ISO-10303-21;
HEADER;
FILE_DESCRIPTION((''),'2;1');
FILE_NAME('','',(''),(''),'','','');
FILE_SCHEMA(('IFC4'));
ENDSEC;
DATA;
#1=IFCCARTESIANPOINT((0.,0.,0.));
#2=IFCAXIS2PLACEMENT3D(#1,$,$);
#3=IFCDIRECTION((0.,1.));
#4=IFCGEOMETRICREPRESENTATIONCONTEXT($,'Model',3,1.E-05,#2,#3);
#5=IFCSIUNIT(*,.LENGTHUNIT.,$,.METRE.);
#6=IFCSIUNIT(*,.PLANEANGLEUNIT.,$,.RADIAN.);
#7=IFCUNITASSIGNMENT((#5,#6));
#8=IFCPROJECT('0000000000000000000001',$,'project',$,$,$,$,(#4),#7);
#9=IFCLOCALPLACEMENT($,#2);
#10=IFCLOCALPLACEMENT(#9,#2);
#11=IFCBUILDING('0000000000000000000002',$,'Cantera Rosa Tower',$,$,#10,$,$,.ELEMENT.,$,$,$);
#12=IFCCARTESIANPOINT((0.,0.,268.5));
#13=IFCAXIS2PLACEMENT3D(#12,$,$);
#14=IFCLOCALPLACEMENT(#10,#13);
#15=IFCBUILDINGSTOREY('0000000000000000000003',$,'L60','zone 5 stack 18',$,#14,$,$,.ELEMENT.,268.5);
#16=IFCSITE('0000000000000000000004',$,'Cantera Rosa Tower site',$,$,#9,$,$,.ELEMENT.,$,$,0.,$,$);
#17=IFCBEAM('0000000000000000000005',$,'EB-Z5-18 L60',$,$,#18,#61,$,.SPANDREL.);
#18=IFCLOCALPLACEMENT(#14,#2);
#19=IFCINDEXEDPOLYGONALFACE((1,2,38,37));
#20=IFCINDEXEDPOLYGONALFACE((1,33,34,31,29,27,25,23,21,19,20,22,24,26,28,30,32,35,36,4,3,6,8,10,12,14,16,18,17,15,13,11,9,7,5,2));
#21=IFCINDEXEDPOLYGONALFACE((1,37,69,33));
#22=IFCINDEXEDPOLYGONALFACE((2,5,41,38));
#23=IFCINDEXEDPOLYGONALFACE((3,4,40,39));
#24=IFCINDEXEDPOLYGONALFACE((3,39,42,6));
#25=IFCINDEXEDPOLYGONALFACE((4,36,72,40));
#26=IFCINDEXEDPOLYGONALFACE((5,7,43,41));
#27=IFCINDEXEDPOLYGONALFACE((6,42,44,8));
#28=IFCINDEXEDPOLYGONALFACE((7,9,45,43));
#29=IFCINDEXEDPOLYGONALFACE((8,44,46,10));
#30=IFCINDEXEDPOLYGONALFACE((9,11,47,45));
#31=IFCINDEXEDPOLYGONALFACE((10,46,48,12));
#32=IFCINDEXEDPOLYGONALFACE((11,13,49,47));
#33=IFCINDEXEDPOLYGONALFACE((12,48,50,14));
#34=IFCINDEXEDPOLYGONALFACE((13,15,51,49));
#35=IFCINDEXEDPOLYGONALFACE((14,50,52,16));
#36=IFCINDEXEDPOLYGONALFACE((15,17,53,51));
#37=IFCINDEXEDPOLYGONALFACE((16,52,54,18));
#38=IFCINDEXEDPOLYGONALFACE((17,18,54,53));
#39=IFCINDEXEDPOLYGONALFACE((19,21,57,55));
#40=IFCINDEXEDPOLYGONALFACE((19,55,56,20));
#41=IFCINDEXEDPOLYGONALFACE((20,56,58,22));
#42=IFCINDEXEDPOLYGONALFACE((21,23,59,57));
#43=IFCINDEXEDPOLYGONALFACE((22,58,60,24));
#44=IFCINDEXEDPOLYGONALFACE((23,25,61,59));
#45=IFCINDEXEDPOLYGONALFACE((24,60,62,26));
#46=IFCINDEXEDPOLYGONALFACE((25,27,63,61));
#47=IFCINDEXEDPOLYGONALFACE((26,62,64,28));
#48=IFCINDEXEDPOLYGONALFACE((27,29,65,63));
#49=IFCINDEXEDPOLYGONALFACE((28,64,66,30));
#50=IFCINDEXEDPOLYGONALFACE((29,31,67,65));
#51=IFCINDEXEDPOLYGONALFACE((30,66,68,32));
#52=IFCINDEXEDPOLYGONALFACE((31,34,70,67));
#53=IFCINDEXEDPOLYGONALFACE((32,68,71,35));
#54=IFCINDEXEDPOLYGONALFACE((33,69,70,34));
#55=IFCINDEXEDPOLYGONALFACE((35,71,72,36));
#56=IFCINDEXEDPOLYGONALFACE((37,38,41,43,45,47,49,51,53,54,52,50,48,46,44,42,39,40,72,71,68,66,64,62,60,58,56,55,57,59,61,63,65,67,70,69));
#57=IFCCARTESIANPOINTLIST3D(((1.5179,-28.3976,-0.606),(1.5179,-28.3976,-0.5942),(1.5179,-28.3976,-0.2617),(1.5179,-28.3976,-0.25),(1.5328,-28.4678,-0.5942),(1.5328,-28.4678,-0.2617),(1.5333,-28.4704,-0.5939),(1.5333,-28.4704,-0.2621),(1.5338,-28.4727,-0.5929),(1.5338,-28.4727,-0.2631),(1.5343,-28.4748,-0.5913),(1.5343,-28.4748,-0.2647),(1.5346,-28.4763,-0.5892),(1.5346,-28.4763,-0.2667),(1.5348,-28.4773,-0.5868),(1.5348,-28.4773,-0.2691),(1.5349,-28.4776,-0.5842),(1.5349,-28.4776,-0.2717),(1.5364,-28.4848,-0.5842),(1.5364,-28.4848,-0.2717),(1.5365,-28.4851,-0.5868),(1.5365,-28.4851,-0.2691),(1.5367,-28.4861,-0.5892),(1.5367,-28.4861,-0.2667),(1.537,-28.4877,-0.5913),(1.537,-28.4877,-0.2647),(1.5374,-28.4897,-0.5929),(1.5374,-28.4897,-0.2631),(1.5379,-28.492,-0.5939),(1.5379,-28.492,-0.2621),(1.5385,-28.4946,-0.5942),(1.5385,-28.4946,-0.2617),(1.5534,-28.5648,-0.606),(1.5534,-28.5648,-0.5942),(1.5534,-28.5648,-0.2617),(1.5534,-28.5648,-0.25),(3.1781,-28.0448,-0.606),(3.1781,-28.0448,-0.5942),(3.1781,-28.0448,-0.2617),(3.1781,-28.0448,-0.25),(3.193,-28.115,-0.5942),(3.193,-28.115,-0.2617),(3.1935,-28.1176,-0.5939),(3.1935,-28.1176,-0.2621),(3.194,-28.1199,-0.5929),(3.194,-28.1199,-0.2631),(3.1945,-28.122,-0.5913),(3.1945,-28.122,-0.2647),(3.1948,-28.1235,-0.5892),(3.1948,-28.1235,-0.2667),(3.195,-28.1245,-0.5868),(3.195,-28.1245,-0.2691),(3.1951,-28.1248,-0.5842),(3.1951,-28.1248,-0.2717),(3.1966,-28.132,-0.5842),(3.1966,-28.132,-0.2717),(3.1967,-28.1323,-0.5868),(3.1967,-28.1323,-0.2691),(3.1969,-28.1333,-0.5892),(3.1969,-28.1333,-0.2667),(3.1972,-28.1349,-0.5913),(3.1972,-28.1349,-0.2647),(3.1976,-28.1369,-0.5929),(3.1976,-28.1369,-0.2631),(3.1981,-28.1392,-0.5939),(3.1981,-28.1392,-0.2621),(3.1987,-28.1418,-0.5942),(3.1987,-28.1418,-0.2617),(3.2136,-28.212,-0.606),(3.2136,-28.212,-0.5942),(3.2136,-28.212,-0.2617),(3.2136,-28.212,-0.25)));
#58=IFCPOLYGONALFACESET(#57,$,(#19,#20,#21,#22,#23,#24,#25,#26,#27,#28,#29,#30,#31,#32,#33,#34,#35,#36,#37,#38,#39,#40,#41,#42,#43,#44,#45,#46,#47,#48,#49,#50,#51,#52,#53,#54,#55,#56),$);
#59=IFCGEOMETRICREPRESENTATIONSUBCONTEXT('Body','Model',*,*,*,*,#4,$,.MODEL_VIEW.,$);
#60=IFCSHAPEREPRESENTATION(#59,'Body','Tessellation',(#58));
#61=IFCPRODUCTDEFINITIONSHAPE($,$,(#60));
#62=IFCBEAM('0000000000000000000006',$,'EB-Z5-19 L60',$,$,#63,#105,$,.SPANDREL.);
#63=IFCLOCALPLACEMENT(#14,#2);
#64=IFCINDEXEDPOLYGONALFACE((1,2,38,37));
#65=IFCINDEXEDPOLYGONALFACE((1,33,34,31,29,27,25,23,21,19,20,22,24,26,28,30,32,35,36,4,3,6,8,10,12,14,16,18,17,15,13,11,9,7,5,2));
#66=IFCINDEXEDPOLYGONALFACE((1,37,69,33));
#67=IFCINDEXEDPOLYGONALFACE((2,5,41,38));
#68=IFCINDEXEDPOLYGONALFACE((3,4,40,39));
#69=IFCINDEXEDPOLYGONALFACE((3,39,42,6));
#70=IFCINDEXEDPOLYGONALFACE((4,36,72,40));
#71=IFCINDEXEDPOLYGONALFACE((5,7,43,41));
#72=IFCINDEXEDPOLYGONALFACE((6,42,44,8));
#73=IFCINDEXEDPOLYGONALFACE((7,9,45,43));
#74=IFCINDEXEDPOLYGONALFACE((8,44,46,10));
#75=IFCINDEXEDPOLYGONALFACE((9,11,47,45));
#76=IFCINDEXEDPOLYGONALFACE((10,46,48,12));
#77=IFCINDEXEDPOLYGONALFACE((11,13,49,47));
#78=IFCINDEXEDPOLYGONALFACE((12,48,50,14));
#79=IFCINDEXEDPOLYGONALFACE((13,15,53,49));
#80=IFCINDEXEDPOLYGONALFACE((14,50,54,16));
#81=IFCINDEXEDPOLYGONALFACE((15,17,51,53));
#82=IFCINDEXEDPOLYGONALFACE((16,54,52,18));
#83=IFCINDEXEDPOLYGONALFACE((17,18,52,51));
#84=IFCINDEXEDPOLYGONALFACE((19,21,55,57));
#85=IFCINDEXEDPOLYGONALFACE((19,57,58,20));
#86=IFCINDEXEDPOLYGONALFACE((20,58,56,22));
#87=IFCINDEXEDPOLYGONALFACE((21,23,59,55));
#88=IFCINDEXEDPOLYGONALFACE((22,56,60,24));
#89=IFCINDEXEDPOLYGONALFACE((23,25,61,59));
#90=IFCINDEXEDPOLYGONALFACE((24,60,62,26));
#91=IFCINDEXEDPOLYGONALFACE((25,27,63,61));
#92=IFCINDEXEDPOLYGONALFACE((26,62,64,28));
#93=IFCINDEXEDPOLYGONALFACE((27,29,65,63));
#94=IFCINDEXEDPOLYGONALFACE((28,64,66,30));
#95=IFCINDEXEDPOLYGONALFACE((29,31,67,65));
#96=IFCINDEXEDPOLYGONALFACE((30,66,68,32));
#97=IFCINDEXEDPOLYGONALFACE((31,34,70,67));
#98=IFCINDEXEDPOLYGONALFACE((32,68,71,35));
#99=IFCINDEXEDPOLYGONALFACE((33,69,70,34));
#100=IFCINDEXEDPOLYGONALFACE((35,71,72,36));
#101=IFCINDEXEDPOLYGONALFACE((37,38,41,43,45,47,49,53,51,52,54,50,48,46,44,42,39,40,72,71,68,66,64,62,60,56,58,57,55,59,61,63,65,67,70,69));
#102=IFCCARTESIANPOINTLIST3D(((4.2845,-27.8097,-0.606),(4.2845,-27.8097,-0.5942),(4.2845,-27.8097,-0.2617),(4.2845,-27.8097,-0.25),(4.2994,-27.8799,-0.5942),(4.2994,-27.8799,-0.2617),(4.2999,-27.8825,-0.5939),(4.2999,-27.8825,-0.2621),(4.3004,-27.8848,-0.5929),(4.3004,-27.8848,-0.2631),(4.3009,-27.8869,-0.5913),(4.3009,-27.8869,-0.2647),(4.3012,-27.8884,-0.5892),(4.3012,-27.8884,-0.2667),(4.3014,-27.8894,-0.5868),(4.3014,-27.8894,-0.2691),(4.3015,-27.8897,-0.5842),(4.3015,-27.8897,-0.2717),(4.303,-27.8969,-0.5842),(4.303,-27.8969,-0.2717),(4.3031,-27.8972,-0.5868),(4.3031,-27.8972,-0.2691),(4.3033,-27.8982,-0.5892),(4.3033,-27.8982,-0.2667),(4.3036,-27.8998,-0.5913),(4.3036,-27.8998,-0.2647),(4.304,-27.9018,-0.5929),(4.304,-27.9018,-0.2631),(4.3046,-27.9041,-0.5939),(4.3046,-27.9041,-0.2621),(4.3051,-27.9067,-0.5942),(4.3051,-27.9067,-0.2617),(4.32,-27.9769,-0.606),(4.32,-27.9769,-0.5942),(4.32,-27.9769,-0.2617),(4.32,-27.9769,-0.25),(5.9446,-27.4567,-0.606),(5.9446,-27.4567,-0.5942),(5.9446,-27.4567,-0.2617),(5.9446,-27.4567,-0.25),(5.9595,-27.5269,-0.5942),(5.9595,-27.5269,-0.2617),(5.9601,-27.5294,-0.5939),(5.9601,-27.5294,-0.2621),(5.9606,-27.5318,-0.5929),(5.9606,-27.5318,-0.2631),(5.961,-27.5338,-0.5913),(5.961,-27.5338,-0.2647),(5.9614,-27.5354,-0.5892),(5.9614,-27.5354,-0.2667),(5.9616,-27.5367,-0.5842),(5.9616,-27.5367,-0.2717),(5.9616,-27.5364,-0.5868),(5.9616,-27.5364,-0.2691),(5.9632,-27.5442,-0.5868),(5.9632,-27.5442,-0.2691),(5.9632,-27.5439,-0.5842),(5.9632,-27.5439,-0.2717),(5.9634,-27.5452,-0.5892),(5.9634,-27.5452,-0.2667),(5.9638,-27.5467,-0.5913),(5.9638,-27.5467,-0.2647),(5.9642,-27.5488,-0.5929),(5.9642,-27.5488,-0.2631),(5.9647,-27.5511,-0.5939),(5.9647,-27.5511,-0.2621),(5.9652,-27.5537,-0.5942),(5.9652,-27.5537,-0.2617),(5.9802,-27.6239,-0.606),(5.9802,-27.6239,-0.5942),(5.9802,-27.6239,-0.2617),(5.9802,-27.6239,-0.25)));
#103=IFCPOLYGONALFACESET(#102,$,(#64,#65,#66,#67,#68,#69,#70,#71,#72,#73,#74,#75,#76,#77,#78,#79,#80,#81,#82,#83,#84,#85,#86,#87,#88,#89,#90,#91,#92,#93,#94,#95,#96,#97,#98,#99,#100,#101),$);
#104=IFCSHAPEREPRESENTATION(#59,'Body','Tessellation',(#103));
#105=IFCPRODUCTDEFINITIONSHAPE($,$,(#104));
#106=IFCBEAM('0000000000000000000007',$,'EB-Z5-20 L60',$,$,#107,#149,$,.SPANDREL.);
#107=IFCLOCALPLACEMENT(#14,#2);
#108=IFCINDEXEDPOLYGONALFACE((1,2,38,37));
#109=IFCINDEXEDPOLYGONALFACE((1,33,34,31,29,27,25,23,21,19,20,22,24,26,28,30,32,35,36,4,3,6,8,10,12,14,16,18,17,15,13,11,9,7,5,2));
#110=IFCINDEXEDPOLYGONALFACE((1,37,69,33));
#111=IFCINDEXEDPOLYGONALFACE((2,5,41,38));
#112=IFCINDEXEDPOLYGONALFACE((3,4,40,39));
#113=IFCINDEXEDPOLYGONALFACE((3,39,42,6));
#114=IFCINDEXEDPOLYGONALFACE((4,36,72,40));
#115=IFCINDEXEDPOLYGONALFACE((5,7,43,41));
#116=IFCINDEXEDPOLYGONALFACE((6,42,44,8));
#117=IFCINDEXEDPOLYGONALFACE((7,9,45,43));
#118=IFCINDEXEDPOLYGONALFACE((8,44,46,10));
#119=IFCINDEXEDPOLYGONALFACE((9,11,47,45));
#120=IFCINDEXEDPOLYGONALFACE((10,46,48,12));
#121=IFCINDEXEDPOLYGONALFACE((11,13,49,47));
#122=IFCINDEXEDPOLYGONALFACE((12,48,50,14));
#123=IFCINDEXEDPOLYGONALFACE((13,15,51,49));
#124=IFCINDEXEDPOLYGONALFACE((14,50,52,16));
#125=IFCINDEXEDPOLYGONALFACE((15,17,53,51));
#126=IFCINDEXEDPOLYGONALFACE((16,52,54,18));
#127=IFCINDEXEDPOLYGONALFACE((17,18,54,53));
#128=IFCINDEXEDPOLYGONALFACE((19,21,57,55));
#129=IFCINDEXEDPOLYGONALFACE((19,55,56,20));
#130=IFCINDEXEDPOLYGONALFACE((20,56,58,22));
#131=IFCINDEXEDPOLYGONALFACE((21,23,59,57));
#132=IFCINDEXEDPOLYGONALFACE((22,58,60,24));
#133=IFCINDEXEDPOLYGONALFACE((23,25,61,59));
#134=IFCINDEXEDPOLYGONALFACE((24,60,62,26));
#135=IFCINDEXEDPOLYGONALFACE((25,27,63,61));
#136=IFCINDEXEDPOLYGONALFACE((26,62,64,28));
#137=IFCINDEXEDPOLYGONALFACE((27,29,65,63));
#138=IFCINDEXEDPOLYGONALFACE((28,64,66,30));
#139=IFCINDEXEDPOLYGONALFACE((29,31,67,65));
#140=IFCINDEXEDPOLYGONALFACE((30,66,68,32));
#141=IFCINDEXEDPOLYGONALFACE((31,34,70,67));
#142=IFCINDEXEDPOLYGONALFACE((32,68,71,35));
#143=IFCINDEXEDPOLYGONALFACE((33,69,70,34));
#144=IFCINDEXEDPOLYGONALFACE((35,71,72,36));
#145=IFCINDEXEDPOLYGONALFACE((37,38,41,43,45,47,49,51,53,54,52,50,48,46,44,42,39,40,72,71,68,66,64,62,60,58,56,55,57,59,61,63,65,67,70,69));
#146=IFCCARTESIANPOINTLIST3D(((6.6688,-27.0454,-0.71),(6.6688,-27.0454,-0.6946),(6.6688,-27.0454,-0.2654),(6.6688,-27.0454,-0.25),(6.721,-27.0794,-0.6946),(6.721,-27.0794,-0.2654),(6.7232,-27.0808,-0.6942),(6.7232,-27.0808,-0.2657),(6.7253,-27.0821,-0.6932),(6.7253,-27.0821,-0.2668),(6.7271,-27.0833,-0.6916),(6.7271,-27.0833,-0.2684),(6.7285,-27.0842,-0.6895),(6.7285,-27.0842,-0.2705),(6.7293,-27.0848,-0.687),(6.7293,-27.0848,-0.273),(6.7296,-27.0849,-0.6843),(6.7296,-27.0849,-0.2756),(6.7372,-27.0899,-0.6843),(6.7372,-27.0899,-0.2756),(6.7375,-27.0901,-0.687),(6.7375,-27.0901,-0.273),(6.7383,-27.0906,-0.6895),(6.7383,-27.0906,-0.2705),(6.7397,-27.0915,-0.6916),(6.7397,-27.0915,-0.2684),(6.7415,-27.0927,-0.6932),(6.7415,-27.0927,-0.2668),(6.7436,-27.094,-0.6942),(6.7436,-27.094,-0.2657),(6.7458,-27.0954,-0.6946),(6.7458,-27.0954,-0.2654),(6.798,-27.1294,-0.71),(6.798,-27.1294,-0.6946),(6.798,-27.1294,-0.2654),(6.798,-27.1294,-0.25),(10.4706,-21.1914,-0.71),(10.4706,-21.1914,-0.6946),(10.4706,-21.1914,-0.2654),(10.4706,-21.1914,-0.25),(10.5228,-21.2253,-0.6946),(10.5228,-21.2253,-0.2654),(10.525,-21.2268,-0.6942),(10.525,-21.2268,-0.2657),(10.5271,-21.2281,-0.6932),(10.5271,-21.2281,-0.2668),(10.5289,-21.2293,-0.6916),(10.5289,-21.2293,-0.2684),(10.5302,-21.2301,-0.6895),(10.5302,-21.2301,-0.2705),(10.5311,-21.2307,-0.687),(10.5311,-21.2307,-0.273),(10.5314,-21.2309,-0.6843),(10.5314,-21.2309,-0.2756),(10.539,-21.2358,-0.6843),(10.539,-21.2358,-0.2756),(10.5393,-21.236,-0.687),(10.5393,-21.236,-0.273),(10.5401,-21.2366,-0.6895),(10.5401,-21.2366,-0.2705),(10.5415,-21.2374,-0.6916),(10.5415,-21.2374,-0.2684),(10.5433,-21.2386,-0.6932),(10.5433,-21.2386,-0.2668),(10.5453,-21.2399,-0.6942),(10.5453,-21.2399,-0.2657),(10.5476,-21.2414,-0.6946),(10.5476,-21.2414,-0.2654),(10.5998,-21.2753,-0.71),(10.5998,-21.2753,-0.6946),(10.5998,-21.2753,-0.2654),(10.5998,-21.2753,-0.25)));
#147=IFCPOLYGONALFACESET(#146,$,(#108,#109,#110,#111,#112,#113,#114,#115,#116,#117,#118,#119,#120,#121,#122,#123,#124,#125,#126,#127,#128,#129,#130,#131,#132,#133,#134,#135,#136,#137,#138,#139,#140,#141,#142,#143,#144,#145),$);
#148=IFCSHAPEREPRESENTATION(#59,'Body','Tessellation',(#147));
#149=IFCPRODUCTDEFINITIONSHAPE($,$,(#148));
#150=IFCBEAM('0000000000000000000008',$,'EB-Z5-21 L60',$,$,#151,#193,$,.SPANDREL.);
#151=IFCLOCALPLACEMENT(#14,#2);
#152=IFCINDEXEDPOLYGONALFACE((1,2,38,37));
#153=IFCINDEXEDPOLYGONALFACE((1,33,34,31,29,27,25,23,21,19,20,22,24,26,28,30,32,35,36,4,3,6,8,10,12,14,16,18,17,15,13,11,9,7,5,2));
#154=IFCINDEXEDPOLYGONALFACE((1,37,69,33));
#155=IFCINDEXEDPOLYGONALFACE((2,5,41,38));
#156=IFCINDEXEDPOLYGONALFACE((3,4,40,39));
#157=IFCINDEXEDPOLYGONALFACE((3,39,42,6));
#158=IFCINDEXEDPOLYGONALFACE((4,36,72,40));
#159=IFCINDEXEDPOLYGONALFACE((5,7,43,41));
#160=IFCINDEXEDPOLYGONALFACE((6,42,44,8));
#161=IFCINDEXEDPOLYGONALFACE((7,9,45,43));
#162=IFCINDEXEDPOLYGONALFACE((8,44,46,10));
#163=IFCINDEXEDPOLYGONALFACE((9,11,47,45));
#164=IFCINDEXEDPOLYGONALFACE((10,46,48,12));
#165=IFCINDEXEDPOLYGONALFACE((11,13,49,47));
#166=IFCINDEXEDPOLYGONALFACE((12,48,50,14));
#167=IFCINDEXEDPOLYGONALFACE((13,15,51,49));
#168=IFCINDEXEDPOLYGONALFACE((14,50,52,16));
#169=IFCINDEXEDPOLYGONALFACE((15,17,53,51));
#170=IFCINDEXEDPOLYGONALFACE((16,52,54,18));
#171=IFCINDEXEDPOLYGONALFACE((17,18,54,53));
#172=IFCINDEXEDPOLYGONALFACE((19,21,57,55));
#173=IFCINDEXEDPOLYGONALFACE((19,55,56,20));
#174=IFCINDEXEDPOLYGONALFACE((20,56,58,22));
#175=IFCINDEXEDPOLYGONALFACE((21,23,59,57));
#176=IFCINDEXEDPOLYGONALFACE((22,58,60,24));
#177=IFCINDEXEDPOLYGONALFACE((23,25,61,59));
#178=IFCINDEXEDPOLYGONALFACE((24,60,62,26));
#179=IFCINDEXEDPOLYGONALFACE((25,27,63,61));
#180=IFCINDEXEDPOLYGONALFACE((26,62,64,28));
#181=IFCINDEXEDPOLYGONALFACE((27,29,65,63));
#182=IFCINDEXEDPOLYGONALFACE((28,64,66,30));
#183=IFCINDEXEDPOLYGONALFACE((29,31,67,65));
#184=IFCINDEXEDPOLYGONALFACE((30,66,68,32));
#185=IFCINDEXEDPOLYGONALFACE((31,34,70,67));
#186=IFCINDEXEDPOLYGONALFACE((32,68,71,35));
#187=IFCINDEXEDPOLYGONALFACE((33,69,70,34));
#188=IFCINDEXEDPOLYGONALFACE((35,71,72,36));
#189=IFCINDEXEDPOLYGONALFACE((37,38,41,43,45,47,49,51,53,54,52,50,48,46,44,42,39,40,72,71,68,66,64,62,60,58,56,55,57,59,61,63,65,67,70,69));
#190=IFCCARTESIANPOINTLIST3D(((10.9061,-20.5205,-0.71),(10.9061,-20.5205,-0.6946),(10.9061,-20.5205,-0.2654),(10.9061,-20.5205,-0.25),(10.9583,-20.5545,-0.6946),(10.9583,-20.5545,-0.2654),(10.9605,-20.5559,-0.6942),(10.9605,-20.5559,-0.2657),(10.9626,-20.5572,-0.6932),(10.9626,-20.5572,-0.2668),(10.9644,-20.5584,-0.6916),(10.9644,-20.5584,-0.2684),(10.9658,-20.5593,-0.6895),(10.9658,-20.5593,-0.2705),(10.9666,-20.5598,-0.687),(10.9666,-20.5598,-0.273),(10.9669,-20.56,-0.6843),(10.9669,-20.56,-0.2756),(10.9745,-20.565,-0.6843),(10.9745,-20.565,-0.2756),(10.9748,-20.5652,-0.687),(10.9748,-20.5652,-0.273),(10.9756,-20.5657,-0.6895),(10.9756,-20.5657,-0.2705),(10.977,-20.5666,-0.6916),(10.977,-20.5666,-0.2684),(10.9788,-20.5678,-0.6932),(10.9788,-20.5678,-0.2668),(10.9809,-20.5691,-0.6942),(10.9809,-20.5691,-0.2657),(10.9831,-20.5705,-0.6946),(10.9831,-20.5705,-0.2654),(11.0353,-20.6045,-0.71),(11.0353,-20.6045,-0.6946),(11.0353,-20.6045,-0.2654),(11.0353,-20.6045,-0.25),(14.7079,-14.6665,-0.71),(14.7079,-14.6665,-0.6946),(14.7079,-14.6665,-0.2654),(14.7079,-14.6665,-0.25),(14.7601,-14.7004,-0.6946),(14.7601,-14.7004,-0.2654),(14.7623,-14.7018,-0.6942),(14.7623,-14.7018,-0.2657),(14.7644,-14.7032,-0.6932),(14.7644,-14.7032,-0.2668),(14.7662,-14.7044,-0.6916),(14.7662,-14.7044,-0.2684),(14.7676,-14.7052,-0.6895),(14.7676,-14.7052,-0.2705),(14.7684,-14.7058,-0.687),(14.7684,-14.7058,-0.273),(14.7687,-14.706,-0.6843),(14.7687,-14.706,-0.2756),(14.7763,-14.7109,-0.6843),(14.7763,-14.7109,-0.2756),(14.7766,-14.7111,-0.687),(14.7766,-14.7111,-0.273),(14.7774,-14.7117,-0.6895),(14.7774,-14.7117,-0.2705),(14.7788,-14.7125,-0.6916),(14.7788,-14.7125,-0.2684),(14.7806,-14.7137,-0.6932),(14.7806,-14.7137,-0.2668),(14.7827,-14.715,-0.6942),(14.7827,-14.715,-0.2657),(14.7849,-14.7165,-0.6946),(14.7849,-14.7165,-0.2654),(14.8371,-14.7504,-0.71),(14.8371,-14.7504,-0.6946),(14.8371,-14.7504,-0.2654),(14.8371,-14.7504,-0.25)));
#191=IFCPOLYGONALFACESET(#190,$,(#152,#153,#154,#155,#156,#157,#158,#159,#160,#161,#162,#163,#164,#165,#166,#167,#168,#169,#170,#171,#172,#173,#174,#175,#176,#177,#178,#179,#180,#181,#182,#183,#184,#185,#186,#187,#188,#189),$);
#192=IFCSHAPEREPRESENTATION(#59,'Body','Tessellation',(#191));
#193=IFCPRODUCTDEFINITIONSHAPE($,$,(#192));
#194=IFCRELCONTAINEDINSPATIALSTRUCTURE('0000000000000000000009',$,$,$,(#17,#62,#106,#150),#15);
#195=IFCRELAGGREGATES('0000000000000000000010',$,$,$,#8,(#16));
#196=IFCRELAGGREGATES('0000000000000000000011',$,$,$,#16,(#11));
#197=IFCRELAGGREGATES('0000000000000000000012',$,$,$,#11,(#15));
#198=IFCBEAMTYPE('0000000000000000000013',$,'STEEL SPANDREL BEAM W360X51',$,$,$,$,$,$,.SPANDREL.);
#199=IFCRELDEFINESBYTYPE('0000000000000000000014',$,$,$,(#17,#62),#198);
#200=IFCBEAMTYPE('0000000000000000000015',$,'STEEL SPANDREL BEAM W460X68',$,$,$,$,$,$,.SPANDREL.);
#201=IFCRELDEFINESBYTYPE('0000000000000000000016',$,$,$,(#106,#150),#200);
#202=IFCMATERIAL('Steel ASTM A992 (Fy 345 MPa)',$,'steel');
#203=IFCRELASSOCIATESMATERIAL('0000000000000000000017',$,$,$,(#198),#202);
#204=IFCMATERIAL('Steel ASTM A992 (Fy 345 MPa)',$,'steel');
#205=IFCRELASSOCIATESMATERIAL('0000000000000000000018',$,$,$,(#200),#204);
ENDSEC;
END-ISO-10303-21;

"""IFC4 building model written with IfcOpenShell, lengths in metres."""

from ifc_helpers import new_model, si_unit, direction, frame, origin, origin_2d, place, context, subcontext, project, spatial, i_section, extrude, material, material_profile, profile_set, type_object, element, save


model = new_model("IFC4")

# Units and contexts
model_context = context("Model", 3, precision=1e-05, world=origin(), true_north=direction((0.0, 1.0)))
body_context = subcontext(model_context, "Body", "Model", "MODEL_VIEW")
ifc_project = project(units=[si_unit("LENGTHUNIT", "METRE"), si_unit("PLANEANGLEUNIT", "RADIAN")], contexts=[model_context])

# Site, building, storey
site_placement = place(None, origin())
site = spatial("IfcSite", under=ifc_project, at=site_placement, Name="Cantera Rosa Tower site", CompositionType="ELEMENT", RefElevation=0.0)
building_placement = place(site_placement, origin())
building = spatial("IfcBuilding", under=site, at=building_placement, Name="Cantera Rosa Tower", CompositionType="ELEMENT")
storey_placement = place(building_placement, frame((0.0, 0.0, 268.5)))
storey = spatial("IfcBuildingStorey", under=building, at=storey_placement, Name="L60", Description="zone 5 stack 18", CompositionType="ELEMENT", Elevation=268.5)

# Beams
ifc_material_1 = material(Name="Steel ASTM A992 (Fy 345 MPa)", Category="steel")
ifc_material_profile_1 = material_profile(ifc_material_1, i_section(OverallWidth=0.1709, OverallDepth=0.356, WebThickness=0.0073, FlangeThickness=0.0117, FilletRadius=0.01, at=origin_2d()), Name="W360X51")
ifc_profile_set_1 = profile_set([ifc_material_profile_1], Name="Steel ASTM A992 (Fy 345 MPa)")
beam_type_1 = type_object("IfcBeamType", Name="STEEL SPANDREL BEAM W360X51", PredefinedType="SPANDREL", material=ifc_profile_set_1)
for number, where, z_axis, x_axis, name in (
    (1, (1.5356, -28.4812, -0.428), (0.978159, 0.207859, 0.0), (-0.207859, 0.978159, 0.0), "EB-Z5-18 L60"),
    (2, (4.3022, -27.8933, -0.428), (0.97813, 0.207996, 0.0), (-0.207996, 0.97813, 0.0), "EB-Z5-19 L60"),
):
    element("IfcBeam", number, at=place(storey_placement, frame(where, z_axis=z_axis, x_axis=x_axis)), inside=storey, type_object=beam_type_1, Name=name, PredefinedType="SPANDREL", context=body_context, shape_type="SweptSolid", body=[
        extrude(i_section(OverallWidth=0.1709, OverallDepth=0.356, WebThickness=0.0073, FlangeThickness=0.0117, FilletRadius=0.01, at=origin_2d()), origin(), (0.0, 0.0, 1.0), 1.6973),
    ])
ifc_material_2 = material(Name="Steel ASTM A992 (Fy 345 MPa)", Category="steel")
ifc_material_profile_2 = material_profile(ifc_material_2, i_section(OverallWidth=0.1541, OverallDepth=0.46, WebThickness=0.009, FlangeThickness=0.0154, FilletRadius=0.0103, at=origin_2d()), Name="W460X68")
ifc_profile_set_2 = profile_set([ifc_material_profile_2], Name="Steel ASTM A992 (Fy 345 MPa)")
beam_type_2 = type_object("IfcBeamType", Name="STEEL SPANDREL BEAM W460X68", PredefinedType="SPANDREL", material=ifc_profile_set_2)
for number, where, z_axis, x_axis, name in (
    (3, (6.7334, -27.0874, -0.48), (0.544651, 0.838663, 0.0), (-0.838663, 0.544651, 0.0), "EB-Z5-20 L60"),
    (4, (10.9707, -20.5625, -0.48), (0.544651, 0.838663, 0.0), (-0.838663, 0.544651, 0.0), "EB-Z5-21 L60"),
):
    element("IfcBeam", number, at=place(storey_placement, frame(where, z_axis=z_axis, x_axis=x_axis)), inside=storey, type_object=beam_type_2, Name=name, PredefinedType="SPANDREL", context=body_context, shape_type="SweptSolid", body=[
        extrude(i_section(OverallWidth=0.1541, OverallDepth=0.46, WebThickness=0.009, FlangeThickness=0.0154, FilletRadius=0.0103, at=origin_2d()), origin(), (0.0, 0.0, 1.0), 6.9802),
    ])

save(model, "model.ifc")
